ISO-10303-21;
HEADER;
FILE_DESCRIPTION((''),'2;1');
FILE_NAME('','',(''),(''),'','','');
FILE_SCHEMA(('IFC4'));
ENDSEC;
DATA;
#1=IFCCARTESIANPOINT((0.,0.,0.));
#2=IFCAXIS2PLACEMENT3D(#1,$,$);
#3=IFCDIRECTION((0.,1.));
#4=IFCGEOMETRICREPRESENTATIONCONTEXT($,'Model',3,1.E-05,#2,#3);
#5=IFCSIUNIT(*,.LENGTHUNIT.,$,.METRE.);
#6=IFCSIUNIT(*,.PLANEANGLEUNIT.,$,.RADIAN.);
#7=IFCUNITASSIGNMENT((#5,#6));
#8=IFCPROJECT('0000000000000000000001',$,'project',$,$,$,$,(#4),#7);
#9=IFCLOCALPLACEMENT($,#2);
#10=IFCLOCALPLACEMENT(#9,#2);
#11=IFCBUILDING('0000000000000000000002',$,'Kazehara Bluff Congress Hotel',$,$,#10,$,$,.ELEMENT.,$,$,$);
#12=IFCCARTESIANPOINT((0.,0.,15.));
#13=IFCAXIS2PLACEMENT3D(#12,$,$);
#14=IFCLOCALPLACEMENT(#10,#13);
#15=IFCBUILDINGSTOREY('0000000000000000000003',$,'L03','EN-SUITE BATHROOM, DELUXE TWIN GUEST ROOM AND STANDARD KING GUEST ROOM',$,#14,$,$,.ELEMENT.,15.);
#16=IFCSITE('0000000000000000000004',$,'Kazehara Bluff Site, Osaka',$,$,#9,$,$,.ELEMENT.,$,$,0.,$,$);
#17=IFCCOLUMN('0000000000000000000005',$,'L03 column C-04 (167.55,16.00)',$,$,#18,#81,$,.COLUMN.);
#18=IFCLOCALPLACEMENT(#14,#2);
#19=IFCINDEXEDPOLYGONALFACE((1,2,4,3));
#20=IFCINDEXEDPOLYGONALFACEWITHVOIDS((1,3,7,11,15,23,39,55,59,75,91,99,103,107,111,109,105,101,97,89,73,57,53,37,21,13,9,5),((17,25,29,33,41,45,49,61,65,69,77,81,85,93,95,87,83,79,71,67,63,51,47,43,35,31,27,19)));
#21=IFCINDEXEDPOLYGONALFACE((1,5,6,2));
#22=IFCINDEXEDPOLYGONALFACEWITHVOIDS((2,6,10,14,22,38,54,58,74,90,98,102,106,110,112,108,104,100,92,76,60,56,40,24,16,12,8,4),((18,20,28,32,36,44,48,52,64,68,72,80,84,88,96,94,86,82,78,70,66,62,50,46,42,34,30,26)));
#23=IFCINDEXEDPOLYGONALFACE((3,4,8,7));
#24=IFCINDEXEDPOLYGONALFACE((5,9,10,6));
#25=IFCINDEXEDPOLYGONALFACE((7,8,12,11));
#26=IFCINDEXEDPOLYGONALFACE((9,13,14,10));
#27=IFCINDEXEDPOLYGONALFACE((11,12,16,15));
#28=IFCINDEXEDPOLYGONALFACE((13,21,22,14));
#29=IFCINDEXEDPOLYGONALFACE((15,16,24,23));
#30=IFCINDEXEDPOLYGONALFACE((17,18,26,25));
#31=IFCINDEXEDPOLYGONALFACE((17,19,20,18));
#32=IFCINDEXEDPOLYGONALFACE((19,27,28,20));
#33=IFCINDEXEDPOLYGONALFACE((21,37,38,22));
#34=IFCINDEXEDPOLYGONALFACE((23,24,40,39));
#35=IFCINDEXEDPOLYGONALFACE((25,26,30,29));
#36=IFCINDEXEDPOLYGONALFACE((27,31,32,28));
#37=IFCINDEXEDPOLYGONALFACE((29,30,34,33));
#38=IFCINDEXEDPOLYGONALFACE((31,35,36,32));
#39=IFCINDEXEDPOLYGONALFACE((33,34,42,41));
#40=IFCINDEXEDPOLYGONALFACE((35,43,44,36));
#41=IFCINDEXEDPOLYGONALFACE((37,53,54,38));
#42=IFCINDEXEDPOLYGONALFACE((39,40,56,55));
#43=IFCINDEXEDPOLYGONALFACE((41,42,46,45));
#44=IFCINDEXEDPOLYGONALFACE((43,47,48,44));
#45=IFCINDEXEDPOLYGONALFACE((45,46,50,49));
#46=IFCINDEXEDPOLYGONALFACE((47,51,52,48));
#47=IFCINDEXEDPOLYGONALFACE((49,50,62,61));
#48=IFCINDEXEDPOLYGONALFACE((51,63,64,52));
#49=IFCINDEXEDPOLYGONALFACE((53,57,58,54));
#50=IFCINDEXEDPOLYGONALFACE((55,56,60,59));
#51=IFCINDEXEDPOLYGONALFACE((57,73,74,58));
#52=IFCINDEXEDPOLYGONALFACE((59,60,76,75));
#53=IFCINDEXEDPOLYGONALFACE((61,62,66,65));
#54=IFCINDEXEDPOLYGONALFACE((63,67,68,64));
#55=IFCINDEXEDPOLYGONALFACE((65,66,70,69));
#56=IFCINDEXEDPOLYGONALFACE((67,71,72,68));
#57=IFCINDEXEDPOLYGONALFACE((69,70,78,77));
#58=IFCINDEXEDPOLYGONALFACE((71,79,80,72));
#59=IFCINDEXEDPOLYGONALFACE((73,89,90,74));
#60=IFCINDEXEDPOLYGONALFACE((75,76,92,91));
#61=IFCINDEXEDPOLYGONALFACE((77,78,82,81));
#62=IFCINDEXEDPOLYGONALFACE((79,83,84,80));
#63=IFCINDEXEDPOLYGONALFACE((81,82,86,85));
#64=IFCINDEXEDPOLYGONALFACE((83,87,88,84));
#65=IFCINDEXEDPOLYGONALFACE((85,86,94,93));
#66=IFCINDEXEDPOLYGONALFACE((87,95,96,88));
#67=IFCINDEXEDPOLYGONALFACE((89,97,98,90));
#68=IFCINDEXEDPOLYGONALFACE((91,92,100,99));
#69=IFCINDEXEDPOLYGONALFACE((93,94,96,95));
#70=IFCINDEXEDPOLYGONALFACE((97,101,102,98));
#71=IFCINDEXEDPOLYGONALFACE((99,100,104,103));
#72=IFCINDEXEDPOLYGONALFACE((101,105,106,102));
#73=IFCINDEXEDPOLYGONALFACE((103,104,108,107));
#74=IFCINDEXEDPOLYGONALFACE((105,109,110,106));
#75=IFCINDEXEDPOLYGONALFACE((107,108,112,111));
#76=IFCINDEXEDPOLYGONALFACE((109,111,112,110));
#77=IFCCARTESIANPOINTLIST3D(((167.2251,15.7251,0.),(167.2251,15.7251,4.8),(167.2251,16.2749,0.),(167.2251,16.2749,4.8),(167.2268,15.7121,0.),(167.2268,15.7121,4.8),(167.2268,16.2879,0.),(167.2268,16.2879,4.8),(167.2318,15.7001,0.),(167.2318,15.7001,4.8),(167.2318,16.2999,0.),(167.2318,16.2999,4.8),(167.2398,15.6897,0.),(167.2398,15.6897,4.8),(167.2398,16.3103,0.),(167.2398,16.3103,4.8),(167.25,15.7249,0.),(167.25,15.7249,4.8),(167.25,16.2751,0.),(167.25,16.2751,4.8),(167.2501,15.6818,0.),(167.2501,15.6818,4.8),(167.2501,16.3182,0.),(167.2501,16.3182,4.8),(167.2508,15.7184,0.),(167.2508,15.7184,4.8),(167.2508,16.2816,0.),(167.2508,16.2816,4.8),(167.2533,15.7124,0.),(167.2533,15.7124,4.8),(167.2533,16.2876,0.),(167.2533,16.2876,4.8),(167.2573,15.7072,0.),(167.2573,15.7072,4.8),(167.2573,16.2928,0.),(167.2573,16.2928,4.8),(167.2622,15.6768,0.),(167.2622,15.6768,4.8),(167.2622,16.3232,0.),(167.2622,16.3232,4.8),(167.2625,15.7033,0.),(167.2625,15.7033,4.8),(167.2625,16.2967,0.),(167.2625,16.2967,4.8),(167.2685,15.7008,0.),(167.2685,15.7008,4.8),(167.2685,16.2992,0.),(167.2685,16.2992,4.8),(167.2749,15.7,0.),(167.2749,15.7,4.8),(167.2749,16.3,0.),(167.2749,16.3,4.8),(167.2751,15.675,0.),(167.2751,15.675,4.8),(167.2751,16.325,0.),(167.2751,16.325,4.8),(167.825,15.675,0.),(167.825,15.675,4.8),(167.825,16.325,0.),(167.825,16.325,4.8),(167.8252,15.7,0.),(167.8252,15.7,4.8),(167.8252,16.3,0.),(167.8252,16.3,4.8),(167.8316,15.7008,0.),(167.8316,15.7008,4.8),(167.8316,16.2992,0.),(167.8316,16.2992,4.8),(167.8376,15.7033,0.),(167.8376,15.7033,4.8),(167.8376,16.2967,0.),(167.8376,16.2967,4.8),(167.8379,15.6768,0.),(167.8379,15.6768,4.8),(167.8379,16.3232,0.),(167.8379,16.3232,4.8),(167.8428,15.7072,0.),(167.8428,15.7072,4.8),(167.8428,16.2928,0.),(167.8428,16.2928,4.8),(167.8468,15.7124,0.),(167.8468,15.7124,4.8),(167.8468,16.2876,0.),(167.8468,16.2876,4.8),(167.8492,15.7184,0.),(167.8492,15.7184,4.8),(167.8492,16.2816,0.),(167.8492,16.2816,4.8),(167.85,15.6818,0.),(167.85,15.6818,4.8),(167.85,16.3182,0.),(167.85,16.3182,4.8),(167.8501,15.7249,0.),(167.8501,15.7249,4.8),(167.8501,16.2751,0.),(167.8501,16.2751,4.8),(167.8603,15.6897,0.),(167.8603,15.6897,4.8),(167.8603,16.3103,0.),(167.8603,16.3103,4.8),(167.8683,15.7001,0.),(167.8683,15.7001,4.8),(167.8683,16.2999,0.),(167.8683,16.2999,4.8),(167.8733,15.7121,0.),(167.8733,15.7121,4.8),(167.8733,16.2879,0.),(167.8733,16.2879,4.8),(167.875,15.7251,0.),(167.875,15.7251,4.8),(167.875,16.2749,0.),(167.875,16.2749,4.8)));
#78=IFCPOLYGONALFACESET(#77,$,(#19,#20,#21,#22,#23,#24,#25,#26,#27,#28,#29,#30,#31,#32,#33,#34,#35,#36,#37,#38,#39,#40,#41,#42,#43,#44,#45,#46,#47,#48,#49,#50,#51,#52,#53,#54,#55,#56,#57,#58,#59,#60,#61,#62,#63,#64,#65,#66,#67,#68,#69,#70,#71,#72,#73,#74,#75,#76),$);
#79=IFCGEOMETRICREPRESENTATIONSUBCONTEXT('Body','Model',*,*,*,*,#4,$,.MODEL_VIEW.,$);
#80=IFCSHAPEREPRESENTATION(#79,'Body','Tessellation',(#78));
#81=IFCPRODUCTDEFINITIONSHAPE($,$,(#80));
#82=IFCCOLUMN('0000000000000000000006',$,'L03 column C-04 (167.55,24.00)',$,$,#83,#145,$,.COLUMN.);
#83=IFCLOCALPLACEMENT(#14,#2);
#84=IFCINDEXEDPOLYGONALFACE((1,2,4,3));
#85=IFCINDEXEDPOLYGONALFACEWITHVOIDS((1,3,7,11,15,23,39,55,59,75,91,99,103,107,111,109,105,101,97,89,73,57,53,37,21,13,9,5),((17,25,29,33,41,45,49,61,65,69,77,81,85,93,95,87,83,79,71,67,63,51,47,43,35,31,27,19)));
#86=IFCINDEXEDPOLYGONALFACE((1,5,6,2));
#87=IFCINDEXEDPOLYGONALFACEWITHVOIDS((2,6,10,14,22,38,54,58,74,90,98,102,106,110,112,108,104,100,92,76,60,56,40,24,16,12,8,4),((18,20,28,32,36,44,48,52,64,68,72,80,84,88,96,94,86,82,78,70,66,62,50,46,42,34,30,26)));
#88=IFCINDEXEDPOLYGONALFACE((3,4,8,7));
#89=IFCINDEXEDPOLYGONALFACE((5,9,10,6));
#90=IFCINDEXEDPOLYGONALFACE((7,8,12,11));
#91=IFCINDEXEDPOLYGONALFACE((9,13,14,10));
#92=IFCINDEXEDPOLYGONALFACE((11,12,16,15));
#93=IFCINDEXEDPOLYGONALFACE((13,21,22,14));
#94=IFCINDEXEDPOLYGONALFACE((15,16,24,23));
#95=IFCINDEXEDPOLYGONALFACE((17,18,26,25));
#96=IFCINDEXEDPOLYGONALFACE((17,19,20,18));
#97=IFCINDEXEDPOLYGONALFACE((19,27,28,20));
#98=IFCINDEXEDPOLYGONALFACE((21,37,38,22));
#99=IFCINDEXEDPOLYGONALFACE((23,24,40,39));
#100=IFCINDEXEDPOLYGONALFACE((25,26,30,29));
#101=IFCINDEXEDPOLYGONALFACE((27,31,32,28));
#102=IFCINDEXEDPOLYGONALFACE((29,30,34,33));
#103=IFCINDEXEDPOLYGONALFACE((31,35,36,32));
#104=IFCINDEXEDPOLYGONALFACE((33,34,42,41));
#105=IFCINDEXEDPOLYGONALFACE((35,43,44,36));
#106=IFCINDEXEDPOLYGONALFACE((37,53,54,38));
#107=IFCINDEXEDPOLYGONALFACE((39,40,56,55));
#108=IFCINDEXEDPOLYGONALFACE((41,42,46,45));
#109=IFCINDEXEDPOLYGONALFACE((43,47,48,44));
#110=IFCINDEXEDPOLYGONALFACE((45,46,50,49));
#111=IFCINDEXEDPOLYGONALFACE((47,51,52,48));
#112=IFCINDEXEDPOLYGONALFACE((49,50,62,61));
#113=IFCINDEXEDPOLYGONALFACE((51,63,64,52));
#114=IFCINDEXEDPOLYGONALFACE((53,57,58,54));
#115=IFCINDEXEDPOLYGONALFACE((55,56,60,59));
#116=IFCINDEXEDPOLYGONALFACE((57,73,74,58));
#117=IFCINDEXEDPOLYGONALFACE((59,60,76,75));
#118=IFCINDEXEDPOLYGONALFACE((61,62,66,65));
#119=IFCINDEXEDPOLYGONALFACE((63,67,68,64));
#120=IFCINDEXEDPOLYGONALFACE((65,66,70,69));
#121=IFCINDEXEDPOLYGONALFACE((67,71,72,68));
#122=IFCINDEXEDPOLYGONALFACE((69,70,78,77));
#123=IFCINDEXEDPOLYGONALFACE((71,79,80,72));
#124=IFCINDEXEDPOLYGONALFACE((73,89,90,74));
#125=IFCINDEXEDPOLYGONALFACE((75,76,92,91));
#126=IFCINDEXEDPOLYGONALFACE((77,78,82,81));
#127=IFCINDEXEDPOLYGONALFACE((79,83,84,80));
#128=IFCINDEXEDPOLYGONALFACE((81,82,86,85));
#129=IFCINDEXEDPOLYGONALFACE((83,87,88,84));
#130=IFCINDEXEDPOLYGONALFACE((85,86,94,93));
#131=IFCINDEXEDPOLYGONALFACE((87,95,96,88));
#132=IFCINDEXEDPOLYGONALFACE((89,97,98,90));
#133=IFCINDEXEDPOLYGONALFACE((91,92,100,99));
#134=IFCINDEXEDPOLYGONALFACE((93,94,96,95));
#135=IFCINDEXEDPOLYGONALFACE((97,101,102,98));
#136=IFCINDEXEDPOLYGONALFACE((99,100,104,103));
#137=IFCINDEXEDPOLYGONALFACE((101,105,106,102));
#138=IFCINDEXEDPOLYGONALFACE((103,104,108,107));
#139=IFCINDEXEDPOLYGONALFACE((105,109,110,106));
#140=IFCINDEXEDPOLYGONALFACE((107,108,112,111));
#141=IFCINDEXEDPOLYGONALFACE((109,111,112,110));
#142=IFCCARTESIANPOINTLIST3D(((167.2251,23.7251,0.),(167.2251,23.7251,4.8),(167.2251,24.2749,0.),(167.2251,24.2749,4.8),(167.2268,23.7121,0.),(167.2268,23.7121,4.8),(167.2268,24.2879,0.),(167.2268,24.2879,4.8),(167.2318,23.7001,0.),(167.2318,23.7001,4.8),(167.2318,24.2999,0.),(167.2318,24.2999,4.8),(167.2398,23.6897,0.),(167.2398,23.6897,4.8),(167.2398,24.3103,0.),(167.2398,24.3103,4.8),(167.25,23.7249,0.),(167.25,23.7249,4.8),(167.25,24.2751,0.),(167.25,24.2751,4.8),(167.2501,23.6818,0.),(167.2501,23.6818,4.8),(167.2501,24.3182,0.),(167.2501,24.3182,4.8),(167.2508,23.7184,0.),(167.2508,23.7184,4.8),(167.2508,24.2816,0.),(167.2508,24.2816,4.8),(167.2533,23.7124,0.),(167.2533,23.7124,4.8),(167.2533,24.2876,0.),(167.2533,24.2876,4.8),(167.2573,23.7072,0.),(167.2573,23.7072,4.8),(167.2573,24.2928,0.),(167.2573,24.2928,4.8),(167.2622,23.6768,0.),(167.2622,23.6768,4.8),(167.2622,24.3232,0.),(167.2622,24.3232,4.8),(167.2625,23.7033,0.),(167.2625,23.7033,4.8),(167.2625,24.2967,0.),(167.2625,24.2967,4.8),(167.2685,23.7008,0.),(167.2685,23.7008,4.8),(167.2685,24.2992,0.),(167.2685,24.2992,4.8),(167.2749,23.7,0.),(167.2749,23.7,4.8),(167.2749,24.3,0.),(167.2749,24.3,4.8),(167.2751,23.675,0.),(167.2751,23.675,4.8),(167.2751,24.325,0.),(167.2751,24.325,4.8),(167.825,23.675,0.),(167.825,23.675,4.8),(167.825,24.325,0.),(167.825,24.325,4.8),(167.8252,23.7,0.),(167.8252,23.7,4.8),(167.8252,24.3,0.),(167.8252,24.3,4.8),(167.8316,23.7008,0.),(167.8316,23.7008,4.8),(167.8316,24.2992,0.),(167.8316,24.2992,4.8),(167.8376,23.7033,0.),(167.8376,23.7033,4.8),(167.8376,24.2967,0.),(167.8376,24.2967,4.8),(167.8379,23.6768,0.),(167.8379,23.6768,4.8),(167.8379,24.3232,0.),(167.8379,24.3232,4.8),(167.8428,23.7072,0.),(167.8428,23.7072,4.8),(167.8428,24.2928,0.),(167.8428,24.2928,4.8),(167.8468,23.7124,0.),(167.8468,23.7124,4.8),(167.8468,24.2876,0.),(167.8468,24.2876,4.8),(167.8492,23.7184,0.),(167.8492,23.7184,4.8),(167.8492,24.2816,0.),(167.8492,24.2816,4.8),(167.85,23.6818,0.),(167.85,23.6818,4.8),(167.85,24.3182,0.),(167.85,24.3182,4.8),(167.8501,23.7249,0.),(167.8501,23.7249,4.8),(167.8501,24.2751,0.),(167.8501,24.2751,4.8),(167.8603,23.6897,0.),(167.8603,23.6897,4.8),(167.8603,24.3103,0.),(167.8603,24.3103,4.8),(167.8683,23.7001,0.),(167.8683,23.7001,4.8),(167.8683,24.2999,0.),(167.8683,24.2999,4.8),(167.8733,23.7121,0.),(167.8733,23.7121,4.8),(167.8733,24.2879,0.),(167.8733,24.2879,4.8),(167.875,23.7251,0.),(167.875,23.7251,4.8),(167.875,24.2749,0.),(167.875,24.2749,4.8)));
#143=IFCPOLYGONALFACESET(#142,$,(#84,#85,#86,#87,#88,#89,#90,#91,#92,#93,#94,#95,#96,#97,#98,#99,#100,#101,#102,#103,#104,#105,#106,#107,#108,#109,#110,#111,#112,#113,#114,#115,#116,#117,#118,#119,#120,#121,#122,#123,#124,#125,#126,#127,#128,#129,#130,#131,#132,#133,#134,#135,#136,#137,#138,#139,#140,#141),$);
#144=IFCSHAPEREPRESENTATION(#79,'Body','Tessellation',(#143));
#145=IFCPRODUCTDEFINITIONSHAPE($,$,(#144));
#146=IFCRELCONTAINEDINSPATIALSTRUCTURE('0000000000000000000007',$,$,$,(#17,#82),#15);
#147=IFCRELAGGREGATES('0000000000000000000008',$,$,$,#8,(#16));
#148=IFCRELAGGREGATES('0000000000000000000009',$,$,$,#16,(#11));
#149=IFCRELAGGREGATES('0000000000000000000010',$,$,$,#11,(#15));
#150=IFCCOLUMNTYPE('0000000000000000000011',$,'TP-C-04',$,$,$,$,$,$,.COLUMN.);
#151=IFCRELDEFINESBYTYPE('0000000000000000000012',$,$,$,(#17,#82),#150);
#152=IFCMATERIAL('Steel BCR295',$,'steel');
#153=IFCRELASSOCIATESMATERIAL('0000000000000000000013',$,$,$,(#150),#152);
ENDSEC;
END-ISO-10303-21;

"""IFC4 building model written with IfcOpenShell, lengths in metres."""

from ifc_helpers import new_model, si_unit, direction, frame, origin, origin_2d, place, context, subcontext, project, spatial, hollow_rectangle, extrude, material, material_profile, profile_set, type_object, element, save


model = new_model("IFC4")

# Units and contexts
model_context = context("Model", 3, precision=1e-05, world=origin(), true_north=direction((0.0, 1.0)))
body_context = subcontext(model_context, "Body", "Model", "MODEL_VIEW")
ifc_project = project(units=[si_unit("LENGTHUNIT", "METRE"), si_unit("PLANEANGLEUNIT", "RADIAN")], contexts=[model_context])

# Site, building, storey
site_placement = place(None, origin())
site = spatial("IfcSite", under=ifc_project, at=site_placement, Name="Kazehara Bluff Site, Osaka", CompositionType="ELEMENT", RefElevation=0.0)
building_placement = place(site_placement, origin())
building = spatial("IfcBuilding", under=site, at=building_placement, Name="Kazehara Bluff Congress Hotel", CompositionType="ELEMENT")
storey_placement = place(building_placement, frame((0.0, 0.0, 15.0)))
storey = spatial("IfcBuildingStorey", under=building, at=storey_placement, Name="L03", Description="EN-SUITE BATHROOM, DELUXE TWIN GUEST ROOM AND STANDARD KING GUEST ROOM", CompositionType="ELEMENT", Elevation=15.0)

# Columns
ifc_material_1 = material(Name="Steel BCR295", Category="steel")
ifc_material_profile_1 = material_profile(ifc_material_1, hollow_rectangle(XDim=0.6499, YDim=0.6499, WallThickness=0.0249, InnerFilletRadius=0.0249, OuterFilletRadius=0.05, at=origin_2d()))
ifc_profile_set_1 = profile_set([ifc_material_profile_1], Name="Steel BCR295")
column_type = type_object("IfcColumnType", Name="TP-C-04", PredefinedType="COLUMN", material=ifc_profile_set_1)
for number, where, z_axis, x_axis, name in (
    (1, (167.55, 16.0, 0.0), (0.0, 0.0, 1.0), (1.0, 0.0, 0.0), "L03 column C-04 (167.55,16.00)"),
    (2, (167.55, 24.0, 0.0), (0.0, 0.0, 1.0), (1.0, 0.0, 0.0), "L03 column C-04 (167.55,24.00)"),
):
    element("IfcColumn", number, at=place(storey_placement, frame(where, z_axis=z_axis, x_axis=x_axis)), inside=storey, type_object=column_type, Name=name, PredefinedType="COLUMN", context=body_context, shape_type="SweptSolid", body=[
        extrude(hollow_rectangle(XDim=0.6499, YDim=0.6499, WallThickness=0.0249, InnerFilletRadius=0.0249, OuterFilletRadius=0.05, at=origin_2d()), origin(), (0.0, 0.0, 1.0), 4.8),
    ])

save(model, "model.ifc")
